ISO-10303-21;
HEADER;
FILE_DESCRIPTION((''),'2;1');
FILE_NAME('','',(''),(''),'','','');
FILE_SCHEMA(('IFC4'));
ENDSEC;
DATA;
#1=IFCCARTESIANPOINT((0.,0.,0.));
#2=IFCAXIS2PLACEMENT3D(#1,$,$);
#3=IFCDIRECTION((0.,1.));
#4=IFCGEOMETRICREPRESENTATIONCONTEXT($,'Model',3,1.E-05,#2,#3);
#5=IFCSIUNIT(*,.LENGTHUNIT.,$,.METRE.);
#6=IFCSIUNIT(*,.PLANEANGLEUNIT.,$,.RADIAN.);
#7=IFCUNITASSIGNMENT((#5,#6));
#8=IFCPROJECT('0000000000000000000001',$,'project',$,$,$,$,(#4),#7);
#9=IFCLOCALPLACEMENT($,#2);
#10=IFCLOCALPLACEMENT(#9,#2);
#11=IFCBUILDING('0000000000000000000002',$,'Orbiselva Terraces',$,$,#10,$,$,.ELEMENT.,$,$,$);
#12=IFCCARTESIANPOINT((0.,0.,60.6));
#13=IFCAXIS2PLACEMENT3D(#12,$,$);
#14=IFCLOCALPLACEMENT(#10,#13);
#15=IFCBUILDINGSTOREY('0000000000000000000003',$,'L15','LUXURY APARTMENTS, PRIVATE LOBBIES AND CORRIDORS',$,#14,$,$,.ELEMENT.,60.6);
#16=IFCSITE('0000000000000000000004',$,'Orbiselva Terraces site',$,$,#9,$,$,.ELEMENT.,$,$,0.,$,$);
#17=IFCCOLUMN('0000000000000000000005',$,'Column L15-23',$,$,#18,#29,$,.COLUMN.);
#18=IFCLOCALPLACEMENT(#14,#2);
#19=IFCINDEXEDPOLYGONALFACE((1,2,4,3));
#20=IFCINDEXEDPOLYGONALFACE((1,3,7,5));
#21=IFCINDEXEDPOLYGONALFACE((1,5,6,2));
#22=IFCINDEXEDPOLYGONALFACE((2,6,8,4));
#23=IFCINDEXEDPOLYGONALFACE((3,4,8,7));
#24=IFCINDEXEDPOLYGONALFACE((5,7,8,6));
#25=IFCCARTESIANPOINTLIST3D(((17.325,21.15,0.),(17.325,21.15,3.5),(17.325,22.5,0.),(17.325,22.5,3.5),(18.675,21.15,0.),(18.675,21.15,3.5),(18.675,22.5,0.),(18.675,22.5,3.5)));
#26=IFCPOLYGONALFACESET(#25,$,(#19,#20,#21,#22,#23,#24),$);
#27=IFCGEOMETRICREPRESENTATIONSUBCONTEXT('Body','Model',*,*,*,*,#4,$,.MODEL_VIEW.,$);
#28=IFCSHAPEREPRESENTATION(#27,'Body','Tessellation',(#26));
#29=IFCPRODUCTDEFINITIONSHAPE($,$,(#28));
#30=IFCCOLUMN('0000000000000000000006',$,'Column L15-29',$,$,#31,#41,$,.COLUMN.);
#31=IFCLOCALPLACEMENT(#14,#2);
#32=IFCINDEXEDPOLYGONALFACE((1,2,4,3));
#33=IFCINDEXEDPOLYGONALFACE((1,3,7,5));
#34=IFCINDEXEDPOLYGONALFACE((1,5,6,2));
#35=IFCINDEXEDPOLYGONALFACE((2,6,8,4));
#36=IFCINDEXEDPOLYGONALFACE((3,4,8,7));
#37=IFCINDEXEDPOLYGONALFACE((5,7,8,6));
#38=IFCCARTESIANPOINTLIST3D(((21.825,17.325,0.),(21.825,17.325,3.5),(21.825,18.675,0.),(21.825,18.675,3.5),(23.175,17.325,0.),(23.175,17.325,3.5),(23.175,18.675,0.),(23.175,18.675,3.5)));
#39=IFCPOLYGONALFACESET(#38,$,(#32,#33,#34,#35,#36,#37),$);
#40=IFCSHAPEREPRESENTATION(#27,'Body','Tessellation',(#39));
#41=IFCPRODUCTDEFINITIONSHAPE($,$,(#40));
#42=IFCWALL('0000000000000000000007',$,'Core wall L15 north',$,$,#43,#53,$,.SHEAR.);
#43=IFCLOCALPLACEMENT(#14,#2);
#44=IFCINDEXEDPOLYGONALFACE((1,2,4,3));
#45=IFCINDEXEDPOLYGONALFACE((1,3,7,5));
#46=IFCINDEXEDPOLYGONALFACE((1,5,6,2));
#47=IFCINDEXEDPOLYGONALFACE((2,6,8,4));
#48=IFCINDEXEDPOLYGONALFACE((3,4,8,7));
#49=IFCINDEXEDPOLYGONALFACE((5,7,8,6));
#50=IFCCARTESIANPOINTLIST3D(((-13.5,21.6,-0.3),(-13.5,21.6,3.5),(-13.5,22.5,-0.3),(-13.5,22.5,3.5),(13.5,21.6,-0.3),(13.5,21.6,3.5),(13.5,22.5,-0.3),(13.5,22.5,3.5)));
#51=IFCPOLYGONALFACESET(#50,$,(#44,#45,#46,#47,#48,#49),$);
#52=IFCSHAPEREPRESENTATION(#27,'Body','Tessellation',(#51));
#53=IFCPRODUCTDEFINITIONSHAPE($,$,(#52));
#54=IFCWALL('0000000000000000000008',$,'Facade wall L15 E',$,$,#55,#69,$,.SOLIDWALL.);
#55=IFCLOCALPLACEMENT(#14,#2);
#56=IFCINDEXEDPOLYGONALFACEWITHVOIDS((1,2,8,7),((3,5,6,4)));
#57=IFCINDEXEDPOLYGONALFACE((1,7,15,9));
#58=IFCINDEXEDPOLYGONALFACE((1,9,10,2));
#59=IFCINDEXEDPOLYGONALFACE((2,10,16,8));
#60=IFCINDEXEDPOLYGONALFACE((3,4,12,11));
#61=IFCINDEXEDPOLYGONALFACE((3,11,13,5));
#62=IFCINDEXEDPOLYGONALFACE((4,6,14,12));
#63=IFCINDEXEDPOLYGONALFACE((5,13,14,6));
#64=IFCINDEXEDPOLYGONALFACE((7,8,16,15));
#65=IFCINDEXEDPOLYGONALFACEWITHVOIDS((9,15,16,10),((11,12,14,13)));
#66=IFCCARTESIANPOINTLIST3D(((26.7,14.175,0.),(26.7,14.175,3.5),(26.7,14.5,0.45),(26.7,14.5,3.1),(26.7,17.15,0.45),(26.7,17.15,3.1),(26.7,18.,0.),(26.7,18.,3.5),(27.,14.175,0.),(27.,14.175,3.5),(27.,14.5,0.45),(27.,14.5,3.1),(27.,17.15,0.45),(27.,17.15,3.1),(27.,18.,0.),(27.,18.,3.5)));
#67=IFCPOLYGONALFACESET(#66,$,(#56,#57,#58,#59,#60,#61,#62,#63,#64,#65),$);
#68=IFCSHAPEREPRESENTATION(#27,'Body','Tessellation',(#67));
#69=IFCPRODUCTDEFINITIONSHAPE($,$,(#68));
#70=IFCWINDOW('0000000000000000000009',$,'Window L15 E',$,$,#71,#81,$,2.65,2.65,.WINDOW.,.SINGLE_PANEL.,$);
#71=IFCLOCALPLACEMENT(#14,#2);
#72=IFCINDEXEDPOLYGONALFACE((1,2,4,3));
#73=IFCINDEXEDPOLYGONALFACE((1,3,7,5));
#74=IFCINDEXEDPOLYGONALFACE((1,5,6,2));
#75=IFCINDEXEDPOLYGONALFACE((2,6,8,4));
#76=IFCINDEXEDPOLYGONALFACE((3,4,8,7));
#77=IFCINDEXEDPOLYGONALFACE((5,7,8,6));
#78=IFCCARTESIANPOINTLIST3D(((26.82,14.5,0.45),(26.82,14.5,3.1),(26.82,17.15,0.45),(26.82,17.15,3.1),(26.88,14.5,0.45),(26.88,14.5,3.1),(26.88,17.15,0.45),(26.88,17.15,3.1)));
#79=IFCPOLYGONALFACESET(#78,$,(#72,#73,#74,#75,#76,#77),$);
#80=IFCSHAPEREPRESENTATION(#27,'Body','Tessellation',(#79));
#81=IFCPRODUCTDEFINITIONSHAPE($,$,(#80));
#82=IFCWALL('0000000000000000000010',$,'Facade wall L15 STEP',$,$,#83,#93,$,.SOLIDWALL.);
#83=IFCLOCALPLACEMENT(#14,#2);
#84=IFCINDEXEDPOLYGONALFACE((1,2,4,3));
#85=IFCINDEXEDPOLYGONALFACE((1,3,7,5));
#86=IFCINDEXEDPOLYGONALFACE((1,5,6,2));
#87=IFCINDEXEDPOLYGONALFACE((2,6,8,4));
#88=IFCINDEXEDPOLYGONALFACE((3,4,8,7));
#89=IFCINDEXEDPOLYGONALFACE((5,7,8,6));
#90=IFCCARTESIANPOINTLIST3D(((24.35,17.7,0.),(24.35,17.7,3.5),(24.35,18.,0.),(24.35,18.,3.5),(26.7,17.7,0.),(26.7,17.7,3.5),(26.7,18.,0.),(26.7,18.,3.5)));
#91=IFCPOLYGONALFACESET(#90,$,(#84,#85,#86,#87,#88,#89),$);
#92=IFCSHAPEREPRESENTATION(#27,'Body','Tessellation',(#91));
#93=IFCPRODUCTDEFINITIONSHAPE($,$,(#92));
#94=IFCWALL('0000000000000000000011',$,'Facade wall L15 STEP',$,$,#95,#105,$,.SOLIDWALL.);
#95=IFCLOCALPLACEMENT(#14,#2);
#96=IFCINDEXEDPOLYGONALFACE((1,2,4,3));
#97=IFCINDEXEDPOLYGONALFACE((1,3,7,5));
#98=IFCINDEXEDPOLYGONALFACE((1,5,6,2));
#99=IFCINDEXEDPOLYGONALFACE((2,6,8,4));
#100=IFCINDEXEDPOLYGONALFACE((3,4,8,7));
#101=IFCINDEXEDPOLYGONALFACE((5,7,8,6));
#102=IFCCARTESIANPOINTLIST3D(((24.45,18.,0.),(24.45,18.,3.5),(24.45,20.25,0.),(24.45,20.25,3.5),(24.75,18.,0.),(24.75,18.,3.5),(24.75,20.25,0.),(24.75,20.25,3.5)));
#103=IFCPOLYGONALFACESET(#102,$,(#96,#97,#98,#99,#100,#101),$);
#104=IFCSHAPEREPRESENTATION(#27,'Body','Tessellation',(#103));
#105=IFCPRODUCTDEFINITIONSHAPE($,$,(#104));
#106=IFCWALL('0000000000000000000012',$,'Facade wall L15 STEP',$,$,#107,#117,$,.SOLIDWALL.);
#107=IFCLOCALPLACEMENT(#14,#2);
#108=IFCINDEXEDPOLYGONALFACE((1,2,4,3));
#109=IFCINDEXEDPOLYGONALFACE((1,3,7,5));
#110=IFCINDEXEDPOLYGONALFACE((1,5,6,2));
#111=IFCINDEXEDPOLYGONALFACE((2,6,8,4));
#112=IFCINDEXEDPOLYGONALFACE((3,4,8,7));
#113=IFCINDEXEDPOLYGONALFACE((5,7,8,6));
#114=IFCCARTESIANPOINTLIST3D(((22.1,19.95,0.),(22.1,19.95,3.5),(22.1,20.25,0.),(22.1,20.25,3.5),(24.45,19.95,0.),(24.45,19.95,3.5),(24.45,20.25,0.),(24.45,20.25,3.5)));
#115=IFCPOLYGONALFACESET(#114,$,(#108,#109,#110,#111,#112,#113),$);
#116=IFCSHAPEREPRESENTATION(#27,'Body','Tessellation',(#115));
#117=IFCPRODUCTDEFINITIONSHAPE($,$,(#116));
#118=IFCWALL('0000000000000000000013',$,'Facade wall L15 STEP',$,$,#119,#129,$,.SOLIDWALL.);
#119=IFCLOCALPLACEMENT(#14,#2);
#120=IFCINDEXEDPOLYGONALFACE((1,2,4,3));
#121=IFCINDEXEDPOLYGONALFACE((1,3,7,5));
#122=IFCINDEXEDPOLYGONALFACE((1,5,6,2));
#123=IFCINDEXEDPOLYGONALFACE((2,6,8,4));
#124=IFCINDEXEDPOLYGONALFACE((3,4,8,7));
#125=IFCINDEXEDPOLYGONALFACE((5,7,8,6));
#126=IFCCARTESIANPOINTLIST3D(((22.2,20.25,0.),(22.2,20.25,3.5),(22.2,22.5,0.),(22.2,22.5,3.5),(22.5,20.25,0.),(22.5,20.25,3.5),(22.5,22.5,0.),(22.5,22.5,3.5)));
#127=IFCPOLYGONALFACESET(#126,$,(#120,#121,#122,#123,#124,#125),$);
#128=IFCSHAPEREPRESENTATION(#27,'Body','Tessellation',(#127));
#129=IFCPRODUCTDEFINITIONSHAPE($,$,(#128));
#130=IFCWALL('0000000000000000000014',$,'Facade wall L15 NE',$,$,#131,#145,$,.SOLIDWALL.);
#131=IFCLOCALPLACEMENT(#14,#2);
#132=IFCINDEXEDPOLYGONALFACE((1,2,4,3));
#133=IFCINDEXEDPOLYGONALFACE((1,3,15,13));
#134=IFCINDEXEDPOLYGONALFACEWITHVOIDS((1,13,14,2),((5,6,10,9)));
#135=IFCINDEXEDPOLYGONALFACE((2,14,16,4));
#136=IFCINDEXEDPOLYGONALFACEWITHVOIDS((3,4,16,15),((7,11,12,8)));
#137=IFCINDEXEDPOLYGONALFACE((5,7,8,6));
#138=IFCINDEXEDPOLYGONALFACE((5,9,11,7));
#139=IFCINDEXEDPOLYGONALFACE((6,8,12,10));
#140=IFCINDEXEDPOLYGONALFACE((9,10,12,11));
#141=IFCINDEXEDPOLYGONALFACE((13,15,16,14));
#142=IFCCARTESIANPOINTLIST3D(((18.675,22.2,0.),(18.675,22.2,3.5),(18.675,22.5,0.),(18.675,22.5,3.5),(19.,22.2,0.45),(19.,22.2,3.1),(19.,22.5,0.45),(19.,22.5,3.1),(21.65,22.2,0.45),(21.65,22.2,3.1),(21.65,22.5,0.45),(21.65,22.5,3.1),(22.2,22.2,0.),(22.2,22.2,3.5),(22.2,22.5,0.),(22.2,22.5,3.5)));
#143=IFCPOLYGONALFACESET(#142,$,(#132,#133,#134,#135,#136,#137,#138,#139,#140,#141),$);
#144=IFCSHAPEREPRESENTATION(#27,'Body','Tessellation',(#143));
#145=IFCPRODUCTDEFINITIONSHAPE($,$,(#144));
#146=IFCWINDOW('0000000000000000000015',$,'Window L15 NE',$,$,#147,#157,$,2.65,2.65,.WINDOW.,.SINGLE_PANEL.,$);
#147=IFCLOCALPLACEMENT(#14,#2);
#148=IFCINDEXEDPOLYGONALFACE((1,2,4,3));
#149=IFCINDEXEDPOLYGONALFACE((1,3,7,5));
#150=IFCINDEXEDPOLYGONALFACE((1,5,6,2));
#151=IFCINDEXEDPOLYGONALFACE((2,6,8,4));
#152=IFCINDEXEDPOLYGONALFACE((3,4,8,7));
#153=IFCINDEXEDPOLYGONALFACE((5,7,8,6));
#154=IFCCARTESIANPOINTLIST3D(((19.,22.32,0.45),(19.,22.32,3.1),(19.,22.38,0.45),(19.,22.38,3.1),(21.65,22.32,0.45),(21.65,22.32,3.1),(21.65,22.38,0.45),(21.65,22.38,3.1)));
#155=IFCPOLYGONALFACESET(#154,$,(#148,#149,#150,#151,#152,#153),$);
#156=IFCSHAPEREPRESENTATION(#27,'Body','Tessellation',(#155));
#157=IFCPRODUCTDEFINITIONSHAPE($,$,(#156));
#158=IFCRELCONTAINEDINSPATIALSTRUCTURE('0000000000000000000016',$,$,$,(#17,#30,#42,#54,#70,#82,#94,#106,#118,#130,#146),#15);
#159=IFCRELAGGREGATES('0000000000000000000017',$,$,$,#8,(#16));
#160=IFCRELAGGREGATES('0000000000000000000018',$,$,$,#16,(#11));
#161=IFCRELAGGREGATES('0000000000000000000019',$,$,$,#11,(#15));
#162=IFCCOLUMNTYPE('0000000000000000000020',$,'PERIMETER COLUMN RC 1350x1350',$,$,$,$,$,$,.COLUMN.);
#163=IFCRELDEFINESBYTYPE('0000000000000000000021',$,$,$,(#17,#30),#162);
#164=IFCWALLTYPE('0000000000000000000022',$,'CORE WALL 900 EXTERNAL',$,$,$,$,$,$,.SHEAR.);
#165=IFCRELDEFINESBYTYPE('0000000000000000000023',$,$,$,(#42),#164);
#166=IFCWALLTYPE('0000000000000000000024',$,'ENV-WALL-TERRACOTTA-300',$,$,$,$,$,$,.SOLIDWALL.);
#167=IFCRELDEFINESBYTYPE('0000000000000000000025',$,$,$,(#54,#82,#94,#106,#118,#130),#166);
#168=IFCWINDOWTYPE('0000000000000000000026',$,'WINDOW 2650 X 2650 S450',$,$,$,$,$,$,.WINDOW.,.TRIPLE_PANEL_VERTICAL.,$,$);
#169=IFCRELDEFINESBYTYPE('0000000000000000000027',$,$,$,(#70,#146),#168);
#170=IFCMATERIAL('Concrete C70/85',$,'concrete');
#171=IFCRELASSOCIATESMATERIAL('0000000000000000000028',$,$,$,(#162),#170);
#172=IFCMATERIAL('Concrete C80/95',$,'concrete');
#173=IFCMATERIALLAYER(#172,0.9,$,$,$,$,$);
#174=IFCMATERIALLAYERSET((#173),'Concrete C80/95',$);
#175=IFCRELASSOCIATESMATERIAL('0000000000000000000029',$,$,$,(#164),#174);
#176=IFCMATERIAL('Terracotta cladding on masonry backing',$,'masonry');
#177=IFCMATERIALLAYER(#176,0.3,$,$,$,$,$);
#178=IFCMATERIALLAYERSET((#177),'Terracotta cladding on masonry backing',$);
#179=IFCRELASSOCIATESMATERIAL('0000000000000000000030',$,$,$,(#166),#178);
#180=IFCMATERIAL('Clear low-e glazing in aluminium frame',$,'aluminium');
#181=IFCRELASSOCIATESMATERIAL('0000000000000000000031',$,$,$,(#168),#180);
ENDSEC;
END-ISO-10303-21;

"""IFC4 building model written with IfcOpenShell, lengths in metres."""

from ifc_helpers import new_model, si_unit, direction, frame, frame_2d, origin, origin_2d, place, context, subcontext, project, spatial, rectangle, extrude, material, layer, layer_set, material_profile, profile_set, type_object, element, fill, save


model = new_model("IFC4")

# Units and contexts
model_context = context("Model", 3, precision=1e-05, world=origin(), true_north=direction((0.0, 1.0)))
body_context = subcontext(model_context, "Body", "Model", "MODEL_VIEW")
ifc_project = project(units=[si_unit("LENGTHUNIT", "METRE"), si_unit("PLANEANGLEUNIT", "RADIAN")], contexts=[model_context])

# Site, building, storey
site_placement = place(None, origin())
site = spatial("IfcSite", under=ifc_project, at=site_placement, Name="Orbiselva Terraces site", CompositionType="ELEMENT", RefElevation=0.0)
building_placement = place(site_placement, origin())
building = spatial("IfcBuilding", under=site, at=building_placement, Name="Orbiselva Terraces", CompositionType="ELEMENT")
storey_placement = place(building_placement, frame((0.0, 0.0, 60.6)))
storey = spatial("IfcBuildingStorey", under=building, at=storey_placement, Name="L15", Description="LUXURY APARTMENTS, PRIVATE LOBBIES AND CORRIDORS", CompositionType="ELEMENT", Elevation=60.6)

# Columns
ifc_material_1 = material(Name="Concrete C70/85", Category="concrete")
ifc_material_profile = material_profile(ifc_material_1, rectangle(XDim=1.35, YDim=1.35, at=origin_2d()), Name="RC 1350x1350")
ifc_profile_set = profile_set([ifc_material_profile], Name="Concrete C70/85")
column_type = type_object("IfcColumnType", Name="PERIMETER COLUMN RC 1350x1350", PredefinedType="COLUMN", material=ifc_profile_set)
for number, where, z_axis, x_axis, name in (
    (1, (18.0, 21.825, 0.0), (0.0, 0.0, 1.0), (1.0, 0.0, 0.0), "Column L15-23"),
    (2, (22.5, 18.0, 0.0), (0.0, 0.0, 1.0), (1.0, 0.0, 0.0), "Column L15-29"),
):
    element("IfcColumn", number, at=place(storey_placement, frame(where, z_axis=z_axis, x_axis=x_axis)), inside=storey, type_object=column_type, Name=name, PredefinedType="COLUMN", context=body_context, shape_type="SweptSolid", body=[
        extrude(rectangle(XDim=1.35, YDim=1.35, at=origin_2d()), origin(), (0.0, 0.0, 1.0), 3.5),
    ])

# Wall
ifc_material_2 = material(Name="Concrete C80/95", Category="concrete")
ifc_layer_1 = layer(ifc_material_2, 0.9)
ifc_layer_set_1 = layer_set([ifc_layer_1], Name="Concrete C80/95")
wall_type_1 = type_object("IfcWallType", Name="CORE WALL 900 EXTERNAL", PredefinedType="SHEAR", material=ifc_layer_set_1)
wall_1_placement = place(storey_placement, frame((13.5, 22.05, -0.3), z_axis=(0.0, 0.0, 1.0), x_axis=(-1.0, 0.0, 0.0)))
element("IfcWall", 3, at=wall_1_placement, inside=storey, type_object=wall_type_1, Name="Core wall L15 north", PredefinedType="SHEAR", context=body_context, shape_type="SweptSolid", body=[
    extrude(rectangle(XDim=27.0, YDim=0.9, at=frame_2d((13.5, 0.0))), origin(), (0.0, 0.0, 1.0), 3.8),
])

# Wall, opening, window
ifc_material_3 = material(Name="Terracotta cladding on masonry backing", Category="masonry")
ifc_layer_2 = layer(ifc_material_3, 0.3)
ifc_layer_set_2 = layer_set([ifc_layer_2], Name="Terracotta cladding on masonry backing")
wall_type_2 = type_object("IfcWallType", Name="ENV-WALL-TERRACOTTA-300", PredefinedType="SOLIDWALL", material=ifc_layer_set_2)
wall_2_placement = place(storey_placement, frame((26.85, 18.0, 0.0), z_axis=(0.0, 0.0, 1.0), x_axis=(0.0, -1.0, 0.0)))
wall_2 = element("IfcWall", 4, at=wall_2_placement, inside=storey, type_object=wall_type_2, Name="Facade wall L15 E", PredefinedType="SOLIDWALL", context=body_context, shape_type="SweptSolid", body=[
    extrude(rectangle(XDim=3.825, YDim=0.3, at=frame_2d((1.9125, 0.0))), origin(), (0.0, 0.0, 1.0), 3.5),
])
opening_1_placement = place(wall_2_placement, frame((0.85, 0.0, 0.45)))
opening_1 = element("IfcOpeningElement", 5, at=opening_1_placement, cuts=wall_2, PredefinedType="OPENING", context=body_context, shape_type="SweptSolid", body=[
    extrude(rectangle(XDim=2.65, YDim=2.65, at=frame_2d((1.325, 1.325))), frame((0.0, 0.16, 0.0), z_axis=(0.0, -1.0, 0.0), x_axis=(1.0, 0.0, 0.0)), (0.0, 0.0, 1.0), 0.32),
])
ifc_material_4 = material(Name="Clear low-e glazing in aluminium frame", Category="aluminium")
window_type_1 = type_object("IfcWindowType", Name="WINDOW 2650 X 2650 S450", PartitioningType="TRIPLE_PANEL_VERTICAL", PredefinedType="WINDOW", material=ifc_material_4)
window_1_placement = place(opening_1_placement, origin())
window_1 = element("IfcWindow", 6, at=window_1_placement, inside=storey, type_object=window_type_1, Name="Window L15 E", OverallHeight=2.65, OverallWidth=2.65, PartitioningType="SINGLE_PANEL", PredefinedType="WINDOW", context=body_context, shape_type="SweptSolid", body=[
    extrude(rectangle(XDim=2.65, YDim=2.65, at=frame_2d((1.325, 1.325))), frame((0.0, 0.03, 0.0), z_axis=(0.0, -1.0, 0.0), x_axis=(1.0, 0.0, 0.0)), (0.0, 0.0, 1.0), 0.06),
])
fill(opening_1, window_1)

# Walls
wall_3_placement = place(storey_placement, frame((24.35, 17.85, 0.0), z_axis=(0.0, 0.0, 1.0), x_axis=(1.0, 0.0, 0.0)))
element("IfcWall", 7, at=wall_3_placement, inside=storey, type_object=wall_type_2, Name="Facade wall L15 STEP", PredefinedType="SOLIDWALL", context=body_context, shape_type="SweptSolid", body=[
    extrude(rectangle(XDim=2.35, YDim=0.3, at=frame_2d((1.175, 0.0))), origin(), (0.0, 0.0, 1.0), 3.5),
])
wall_4_placement = place(storey_placement, frame((24.6, 20.25, 0.0), z_axis=(0.0, 0.0, 1.0), x_axis=(0.0, -1.0, 0.0)))
element("IfcWall", 8, at=wall_4_placement, inside=storey, type_object=wall_type_2, Name="Facade wall L15 STEP", PredefinedType="SOLIDWALL", context=body_context, shape_type="SweptSolid", body=[
    extrude(rectangle(XDim=2.25, YDim=0.3, at=frame_2d((1.125, 0.0))), origin(), (0.0, 0.0, 1.0), 3.5),
])
wall_5_placement = place(storey_placement, frame((22.1, 20.1, 0.0), z_axis=(0.0, 0.0, 1.0), x_axis=(1.0, 0.0, 0.0)))
element("IfcWall", 9, at=wall_5_placement, inside=storey, type_object=wall_type_2, Name="Facade wall L15 STEP", PredefinedType="SOLIDWALL", context=body_context, shape_type="SweptSolid", body=[
    extrude(rectangle(XDim=2.35, YDim=0.3, at=frame_2d((1.175, 0.0))), origin(), (0.0, 0.0, 1.0), 3.5),
])
wall_6_placement = place(storey_placement, frame((22.35, 22.5, 0.0), z_axis=(0.0, 0.0, 1.0), x_axis=(0.0, -1.0, 0.0)))
element("IfcWall", 10, at=wall_6_placement, inside=storey, type_object=wall_type_2, Name="Facade wall L15 STEP", PredefinedType="SOLIDWALL", context=body_context, shape_type="SweptSolid", body=[
    extrude(rectangle(XDim=2.25, YDim=0.3, at=frame_2d((1.125, 0.0))), origin(), (0.0, 0.0, 1.0), 3.5),
])

# Wall, opening, window
wall_7_placement = place(storey_placement, frame((18.675, 22.35, 0.0), z_axis=(0.0, 0.0, 1.0), x_axis=(1.0, 0.0, 0.0)))
wall_7 = element("IfcWall", 11, at=wall_7_placement, inside=storey, type_object=wall_type_2, Name="Facade wall L15 NE", PredefinedType="SOLIDWALL", context=body_context, shape_type="SweptSolid", body=[
    extrude(rectangle(XDim=3.525, YDim=0.3, at=frame_2d((1.7625, 0.0))), origin(), (0.0, 0.0, 1.0), 3.5),
])
opening_2_placement = place(wall_7_placement, frame((0.325, 0.0, 0.45)))
opening_2 = element("IfcOpeningElement", 12, at=opening_2_placement, cuts=wall_7, PredefinedType="OPENING", context=body_context, shape_type="SweptSolid", body=[
    extrude(rectangle(XDim=2.65, YDim=2.65, at=frame_2d((1.325, 1.325))), frame((0.0, 0.16, 0.0), z_axis=(0.0, -1.0, 0.0), x_axis=(1.0, 0.0, 0.0)), (0.0, 0.0, 1.0), 0.32),
])
window_2_placement = place(opening_2_placement, origin())
window_2 = element("IfcWindow", 13, at=window_2_placement, inside=storey, type_object=window_type_1, Name="Window L15 NE", OverallHeight=2.65, OverallWidth=2.65, PartitioningType="SINGLE_PANEL", PredefinedType="WINDOW", context=body_context, shape_type="SweptSolid", body=[
    extrude(rectangle(XDim=2.65, YDim=2.65, at=frame_2d((1.325, 1.325))), frame((0.0, 0.03, 0.0), z_axis=(0.0, -1.0, 0.0), x_axis=(1.0, 0.0, 0.0)), (0.0, 0.0, 1.0), 0.06),
])
fill(opening_2, window_2)

save(model, "model.ifc")
